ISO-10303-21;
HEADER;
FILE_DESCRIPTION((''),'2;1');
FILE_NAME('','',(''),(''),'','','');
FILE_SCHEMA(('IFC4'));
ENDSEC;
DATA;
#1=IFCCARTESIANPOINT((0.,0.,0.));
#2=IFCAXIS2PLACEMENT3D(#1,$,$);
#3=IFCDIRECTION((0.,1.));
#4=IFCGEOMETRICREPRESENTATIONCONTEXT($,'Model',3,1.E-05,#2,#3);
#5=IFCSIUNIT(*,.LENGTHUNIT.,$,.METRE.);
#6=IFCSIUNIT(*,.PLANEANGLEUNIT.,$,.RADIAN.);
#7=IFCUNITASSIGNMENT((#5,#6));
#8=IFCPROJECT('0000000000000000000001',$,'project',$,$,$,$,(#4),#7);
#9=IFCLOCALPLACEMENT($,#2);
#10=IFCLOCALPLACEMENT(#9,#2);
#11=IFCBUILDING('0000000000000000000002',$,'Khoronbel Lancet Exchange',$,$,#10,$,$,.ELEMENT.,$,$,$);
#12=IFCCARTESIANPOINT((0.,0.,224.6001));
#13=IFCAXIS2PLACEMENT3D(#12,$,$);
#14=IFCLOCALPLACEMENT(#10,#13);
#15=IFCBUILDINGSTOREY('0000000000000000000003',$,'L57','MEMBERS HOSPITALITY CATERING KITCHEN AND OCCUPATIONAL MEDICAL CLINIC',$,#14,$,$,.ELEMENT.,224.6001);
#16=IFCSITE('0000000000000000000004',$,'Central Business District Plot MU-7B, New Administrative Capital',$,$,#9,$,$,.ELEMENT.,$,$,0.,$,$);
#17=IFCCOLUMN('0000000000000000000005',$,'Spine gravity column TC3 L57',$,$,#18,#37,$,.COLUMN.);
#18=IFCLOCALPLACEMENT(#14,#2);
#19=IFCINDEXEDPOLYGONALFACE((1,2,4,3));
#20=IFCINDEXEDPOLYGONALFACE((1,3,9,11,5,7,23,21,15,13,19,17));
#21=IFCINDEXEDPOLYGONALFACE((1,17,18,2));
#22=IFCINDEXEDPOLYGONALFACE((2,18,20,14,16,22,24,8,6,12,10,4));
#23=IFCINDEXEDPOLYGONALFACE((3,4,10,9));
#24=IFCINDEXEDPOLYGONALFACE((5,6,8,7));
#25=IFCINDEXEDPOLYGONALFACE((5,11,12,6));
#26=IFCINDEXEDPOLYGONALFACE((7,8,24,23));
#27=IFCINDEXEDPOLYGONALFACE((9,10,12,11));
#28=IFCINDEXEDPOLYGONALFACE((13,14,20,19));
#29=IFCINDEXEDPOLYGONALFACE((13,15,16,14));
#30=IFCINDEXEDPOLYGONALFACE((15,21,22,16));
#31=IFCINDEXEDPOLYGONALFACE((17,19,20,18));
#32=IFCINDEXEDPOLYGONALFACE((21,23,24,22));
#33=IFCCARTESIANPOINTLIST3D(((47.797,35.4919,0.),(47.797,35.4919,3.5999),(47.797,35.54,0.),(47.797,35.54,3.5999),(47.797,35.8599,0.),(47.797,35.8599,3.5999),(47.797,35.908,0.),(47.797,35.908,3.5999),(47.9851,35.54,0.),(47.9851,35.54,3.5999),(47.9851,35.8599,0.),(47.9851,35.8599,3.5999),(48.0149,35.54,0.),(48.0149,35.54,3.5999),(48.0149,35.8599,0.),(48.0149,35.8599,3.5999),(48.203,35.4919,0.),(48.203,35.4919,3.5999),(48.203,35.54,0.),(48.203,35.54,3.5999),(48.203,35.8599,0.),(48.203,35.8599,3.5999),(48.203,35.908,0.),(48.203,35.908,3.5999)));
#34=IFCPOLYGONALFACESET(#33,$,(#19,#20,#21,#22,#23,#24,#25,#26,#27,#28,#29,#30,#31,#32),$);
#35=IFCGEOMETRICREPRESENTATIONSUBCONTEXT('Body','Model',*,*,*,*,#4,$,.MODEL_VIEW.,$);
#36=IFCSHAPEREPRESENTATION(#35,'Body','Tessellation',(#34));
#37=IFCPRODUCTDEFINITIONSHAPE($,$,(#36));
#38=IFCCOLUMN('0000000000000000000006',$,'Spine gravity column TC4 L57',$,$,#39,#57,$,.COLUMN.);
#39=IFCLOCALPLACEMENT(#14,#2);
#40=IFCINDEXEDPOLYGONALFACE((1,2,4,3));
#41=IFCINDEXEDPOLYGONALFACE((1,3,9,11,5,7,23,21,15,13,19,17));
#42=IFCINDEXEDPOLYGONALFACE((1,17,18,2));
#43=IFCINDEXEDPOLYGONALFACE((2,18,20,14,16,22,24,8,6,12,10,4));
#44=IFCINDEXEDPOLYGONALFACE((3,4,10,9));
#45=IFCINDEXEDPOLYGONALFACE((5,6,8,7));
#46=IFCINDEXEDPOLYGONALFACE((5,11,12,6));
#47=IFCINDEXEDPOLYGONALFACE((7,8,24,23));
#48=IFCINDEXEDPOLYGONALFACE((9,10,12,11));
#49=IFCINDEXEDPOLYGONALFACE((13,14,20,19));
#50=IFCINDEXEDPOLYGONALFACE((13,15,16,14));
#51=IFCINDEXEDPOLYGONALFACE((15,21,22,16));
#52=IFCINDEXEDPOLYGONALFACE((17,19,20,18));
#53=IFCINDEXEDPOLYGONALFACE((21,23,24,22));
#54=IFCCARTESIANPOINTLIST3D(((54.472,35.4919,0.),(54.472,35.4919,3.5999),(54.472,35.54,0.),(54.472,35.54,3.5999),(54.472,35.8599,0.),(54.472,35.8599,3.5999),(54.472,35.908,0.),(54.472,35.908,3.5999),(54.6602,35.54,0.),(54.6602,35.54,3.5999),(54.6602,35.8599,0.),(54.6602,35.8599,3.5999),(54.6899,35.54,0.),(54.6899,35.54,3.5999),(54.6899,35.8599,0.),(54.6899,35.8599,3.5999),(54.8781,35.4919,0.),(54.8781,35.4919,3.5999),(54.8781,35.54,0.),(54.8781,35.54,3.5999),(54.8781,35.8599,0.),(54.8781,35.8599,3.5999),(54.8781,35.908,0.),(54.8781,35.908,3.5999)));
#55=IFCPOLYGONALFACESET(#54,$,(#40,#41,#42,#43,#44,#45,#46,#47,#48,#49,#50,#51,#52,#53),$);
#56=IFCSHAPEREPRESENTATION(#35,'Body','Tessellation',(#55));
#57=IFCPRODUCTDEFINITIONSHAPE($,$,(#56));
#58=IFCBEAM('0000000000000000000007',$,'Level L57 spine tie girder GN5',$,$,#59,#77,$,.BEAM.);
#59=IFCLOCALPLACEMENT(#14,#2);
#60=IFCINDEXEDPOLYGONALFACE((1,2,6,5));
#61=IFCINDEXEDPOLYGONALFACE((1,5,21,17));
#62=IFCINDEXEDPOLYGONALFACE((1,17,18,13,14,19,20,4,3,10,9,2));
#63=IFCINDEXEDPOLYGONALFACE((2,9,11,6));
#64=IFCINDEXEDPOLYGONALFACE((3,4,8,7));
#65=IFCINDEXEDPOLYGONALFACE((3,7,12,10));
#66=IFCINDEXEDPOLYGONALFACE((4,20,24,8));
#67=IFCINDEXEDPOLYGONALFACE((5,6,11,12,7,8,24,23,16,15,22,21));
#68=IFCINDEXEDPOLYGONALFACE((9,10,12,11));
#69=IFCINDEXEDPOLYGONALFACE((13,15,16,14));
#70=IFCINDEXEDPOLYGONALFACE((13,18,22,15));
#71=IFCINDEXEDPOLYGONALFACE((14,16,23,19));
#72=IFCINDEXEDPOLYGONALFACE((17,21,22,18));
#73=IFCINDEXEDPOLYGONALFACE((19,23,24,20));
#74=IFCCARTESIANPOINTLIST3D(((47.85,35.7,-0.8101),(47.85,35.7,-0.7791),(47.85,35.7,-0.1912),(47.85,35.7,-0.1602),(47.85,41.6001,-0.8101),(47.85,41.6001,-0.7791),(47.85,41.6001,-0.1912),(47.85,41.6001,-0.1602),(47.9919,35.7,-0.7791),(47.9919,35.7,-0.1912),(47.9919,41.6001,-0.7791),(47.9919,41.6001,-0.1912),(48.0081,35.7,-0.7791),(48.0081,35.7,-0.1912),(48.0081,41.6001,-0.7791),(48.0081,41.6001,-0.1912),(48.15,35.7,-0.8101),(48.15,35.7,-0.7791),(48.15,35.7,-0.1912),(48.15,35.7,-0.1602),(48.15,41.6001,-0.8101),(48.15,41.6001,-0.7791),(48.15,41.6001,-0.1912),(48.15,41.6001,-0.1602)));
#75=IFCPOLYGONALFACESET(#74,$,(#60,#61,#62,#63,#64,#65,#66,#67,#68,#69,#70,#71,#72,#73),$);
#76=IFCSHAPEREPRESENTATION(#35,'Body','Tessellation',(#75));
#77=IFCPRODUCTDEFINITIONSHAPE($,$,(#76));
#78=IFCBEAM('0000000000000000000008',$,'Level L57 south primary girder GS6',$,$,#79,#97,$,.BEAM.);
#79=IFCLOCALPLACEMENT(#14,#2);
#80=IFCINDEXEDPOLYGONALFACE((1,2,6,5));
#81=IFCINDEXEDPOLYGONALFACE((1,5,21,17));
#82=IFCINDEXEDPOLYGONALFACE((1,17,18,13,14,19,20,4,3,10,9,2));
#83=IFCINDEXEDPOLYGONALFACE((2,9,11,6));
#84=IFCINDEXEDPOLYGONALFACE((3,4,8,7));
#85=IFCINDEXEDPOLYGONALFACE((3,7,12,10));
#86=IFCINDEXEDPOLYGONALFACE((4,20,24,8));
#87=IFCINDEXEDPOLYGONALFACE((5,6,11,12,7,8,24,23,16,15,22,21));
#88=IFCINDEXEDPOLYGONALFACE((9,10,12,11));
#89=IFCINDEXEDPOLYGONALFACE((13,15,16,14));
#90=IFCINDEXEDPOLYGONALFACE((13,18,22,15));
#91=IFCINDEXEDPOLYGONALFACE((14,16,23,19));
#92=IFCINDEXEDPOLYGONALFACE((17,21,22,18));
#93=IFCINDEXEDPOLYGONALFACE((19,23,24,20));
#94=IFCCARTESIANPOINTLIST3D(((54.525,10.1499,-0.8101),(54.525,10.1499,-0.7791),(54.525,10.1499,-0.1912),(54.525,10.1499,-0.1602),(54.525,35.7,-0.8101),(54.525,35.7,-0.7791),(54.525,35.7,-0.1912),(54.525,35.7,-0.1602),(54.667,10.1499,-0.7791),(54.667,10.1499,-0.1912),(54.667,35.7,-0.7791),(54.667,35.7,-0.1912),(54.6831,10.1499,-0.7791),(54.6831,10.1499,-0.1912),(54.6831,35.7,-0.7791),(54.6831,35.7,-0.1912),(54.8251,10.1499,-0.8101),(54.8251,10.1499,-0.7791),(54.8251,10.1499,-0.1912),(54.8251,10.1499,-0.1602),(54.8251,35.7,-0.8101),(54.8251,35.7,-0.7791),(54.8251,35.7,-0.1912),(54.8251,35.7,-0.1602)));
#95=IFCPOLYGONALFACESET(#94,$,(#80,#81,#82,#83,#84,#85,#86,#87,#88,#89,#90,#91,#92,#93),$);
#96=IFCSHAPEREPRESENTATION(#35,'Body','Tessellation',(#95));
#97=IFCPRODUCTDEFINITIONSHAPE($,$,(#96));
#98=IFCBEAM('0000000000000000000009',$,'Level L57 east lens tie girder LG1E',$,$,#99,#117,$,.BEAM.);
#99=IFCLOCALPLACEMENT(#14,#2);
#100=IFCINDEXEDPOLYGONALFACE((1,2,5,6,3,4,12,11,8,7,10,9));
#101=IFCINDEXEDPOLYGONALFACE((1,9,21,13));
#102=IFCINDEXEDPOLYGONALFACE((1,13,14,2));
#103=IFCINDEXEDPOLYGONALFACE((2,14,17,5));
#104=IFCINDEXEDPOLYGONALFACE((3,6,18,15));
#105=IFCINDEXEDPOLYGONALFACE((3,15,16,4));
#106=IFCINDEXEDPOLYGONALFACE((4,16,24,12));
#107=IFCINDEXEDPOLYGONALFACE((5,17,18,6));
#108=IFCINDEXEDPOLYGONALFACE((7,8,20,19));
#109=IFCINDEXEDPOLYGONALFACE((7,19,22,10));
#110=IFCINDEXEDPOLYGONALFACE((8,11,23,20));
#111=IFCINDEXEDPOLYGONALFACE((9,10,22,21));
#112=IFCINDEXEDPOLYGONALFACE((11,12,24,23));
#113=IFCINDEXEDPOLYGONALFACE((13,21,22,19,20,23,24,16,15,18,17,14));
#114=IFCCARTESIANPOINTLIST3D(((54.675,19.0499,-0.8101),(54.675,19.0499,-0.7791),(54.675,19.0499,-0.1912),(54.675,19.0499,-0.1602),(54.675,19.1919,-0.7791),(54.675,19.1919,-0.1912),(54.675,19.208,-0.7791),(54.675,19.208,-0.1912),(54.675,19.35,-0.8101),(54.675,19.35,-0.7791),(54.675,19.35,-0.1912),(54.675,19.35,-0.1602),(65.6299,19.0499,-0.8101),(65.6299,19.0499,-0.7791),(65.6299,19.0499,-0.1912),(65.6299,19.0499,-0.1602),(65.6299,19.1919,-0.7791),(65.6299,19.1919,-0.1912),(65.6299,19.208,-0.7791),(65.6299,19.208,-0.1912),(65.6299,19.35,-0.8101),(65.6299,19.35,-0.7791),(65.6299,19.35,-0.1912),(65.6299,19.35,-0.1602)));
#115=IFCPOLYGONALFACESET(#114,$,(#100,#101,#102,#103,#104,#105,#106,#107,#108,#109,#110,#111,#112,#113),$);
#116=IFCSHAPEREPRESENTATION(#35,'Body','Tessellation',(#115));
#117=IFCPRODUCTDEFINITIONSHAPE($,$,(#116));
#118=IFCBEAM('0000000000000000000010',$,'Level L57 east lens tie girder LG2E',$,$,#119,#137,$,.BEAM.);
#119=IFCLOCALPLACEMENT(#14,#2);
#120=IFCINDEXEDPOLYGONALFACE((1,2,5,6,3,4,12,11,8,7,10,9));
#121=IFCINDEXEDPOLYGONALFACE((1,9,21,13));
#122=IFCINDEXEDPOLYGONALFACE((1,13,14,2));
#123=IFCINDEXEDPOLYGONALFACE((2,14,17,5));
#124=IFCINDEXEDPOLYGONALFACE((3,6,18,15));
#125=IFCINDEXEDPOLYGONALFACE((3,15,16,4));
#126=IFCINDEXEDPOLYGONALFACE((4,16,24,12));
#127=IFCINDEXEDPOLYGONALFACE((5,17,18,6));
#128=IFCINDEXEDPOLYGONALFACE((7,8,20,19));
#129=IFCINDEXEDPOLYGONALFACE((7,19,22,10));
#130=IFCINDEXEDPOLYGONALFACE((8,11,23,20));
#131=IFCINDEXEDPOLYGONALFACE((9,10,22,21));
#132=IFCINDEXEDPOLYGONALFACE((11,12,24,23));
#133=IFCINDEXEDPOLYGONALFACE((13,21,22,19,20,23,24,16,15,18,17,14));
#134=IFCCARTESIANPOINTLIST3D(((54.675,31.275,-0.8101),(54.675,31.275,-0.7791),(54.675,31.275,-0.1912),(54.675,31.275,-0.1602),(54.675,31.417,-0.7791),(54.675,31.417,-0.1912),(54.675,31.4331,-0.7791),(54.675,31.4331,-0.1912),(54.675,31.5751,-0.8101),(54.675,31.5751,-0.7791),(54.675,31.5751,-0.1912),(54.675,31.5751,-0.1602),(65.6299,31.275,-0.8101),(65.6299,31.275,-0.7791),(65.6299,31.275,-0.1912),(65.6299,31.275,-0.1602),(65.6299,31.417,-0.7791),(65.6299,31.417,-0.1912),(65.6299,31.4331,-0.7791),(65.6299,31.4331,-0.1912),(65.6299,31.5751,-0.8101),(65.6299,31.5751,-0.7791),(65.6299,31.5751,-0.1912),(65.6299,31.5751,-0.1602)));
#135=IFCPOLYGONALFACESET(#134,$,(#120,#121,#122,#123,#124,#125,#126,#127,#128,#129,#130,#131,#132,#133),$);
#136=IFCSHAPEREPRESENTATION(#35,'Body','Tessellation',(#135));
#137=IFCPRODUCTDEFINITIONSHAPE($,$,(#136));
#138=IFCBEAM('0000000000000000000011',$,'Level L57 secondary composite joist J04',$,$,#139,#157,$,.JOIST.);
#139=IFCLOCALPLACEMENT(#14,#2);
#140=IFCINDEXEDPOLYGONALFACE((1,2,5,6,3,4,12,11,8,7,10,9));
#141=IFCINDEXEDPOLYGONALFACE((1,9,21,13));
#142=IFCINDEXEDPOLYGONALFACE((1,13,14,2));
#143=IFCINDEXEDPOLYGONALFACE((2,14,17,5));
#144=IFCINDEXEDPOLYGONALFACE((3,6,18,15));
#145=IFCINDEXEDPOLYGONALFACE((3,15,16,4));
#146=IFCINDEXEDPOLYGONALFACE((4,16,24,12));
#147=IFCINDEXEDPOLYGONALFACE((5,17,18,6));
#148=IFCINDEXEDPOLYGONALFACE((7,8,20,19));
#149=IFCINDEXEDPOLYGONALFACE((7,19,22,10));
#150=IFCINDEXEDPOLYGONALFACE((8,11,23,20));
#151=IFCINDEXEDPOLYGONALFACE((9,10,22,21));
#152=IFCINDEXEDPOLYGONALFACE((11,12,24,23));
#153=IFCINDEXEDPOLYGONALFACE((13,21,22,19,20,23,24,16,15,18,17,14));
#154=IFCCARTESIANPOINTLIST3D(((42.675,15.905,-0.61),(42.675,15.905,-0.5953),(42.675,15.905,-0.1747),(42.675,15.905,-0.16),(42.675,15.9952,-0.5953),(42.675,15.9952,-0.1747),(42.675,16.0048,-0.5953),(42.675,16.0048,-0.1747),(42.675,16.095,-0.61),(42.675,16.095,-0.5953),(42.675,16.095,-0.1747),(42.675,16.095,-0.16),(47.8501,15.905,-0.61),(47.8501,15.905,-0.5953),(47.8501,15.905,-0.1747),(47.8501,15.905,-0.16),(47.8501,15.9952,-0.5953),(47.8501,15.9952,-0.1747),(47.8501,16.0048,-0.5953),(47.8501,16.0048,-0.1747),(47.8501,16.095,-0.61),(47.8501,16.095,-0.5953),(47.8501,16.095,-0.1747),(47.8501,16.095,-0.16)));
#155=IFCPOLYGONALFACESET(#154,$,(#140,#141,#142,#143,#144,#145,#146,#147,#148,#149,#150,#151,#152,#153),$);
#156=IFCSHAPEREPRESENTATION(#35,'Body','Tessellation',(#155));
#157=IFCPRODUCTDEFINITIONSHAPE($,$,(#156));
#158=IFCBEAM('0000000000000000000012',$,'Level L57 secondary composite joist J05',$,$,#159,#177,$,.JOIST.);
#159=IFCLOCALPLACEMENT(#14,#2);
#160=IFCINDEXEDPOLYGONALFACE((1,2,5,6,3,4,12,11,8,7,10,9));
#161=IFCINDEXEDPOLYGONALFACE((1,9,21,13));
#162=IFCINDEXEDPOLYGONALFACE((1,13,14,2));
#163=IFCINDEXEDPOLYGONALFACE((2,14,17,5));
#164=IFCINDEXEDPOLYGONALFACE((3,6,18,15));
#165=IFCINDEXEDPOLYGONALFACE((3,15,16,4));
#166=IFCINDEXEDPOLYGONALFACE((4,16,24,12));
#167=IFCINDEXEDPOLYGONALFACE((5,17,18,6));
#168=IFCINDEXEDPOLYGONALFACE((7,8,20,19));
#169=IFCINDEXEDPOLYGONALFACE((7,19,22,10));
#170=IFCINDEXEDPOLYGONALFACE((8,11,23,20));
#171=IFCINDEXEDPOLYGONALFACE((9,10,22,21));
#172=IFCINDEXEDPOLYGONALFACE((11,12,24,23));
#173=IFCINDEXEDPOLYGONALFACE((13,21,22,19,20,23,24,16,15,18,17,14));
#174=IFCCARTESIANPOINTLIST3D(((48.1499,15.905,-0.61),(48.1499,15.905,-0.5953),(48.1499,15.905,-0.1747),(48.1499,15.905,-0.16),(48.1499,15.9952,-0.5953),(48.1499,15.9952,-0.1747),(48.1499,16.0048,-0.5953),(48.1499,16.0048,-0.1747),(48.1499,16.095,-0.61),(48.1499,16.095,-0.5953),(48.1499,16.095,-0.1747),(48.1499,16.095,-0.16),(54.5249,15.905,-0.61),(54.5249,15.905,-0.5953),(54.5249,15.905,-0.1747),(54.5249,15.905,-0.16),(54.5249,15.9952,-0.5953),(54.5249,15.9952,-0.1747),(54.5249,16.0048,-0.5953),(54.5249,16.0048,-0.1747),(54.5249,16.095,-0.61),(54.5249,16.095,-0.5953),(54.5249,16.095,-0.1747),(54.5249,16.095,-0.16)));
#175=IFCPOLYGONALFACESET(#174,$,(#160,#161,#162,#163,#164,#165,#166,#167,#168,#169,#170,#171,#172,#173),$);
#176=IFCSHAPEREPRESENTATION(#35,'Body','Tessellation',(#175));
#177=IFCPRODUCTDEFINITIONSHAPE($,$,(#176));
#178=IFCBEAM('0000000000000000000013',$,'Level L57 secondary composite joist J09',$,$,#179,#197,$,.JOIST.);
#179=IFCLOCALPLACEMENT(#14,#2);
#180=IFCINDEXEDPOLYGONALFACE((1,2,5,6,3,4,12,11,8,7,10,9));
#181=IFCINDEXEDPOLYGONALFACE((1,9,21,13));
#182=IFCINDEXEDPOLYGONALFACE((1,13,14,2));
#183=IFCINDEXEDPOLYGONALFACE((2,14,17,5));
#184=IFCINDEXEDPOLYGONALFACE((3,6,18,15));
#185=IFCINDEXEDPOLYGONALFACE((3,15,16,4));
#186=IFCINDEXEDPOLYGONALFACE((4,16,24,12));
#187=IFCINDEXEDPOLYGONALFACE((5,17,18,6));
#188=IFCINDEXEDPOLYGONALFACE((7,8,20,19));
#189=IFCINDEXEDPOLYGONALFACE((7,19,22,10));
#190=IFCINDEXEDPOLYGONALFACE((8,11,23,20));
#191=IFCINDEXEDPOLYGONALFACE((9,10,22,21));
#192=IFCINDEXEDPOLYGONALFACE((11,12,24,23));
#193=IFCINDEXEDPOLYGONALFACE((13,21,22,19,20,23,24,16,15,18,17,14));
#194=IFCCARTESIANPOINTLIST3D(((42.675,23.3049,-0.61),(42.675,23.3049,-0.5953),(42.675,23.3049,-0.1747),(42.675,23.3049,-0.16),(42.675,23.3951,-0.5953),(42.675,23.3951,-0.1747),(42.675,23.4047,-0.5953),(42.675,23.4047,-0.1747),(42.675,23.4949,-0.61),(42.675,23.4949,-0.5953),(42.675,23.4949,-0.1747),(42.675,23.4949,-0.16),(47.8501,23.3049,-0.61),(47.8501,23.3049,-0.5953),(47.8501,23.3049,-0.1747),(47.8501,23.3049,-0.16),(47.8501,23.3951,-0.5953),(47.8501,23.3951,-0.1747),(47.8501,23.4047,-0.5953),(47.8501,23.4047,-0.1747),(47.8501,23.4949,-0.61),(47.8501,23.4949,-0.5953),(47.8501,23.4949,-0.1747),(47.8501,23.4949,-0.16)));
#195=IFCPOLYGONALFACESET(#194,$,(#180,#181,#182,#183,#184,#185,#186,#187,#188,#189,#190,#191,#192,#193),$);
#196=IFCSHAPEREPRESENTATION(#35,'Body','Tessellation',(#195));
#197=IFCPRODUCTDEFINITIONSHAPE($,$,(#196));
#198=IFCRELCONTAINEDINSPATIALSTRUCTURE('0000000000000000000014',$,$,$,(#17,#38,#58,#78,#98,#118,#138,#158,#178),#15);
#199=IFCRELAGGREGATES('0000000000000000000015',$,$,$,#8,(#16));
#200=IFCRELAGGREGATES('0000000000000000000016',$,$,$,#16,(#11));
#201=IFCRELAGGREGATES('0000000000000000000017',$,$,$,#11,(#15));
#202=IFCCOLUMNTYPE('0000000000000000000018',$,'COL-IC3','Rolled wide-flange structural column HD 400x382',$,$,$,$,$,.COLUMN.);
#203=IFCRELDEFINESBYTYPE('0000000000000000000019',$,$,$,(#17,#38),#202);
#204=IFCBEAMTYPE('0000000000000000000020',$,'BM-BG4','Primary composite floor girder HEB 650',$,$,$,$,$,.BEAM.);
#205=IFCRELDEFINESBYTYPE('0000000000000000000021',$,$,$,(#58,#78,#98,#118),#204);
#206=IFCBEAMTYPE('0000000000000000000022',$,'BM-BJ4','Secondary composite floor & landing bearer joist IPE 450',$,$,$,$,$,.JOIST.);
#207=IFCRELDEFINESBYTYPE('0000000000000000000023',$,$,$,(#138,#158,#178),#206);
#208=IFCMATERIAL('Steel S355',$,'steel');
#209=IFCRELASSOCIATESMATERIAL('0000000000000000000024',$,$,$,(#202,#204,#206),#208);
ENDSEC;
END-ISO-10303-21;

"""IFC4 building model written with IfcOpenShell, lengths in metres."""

from ifc_helpers import new_model, si_unit, direction, frame, origin, origin_2d, place, context, subcontext, project, spatial, i_section, extrude, material, material_profile, profile_set, type_object, element, save


model = new_model("IFC4")

# Units and contexts
model_context = context("Model", 3, precision=1e-05, world=origin(), true_north=direction((0.0, 1.0)))
body_context = subcontext(model_context, "Body", "Model", "MODEL_VIEW")
ifc_project = project(units=[si_unit("LENGTHUNIT", "METRE"), si_unit("PLANEANGLEUNIT", "RADIAN")], contexts=[model_context])

# Site, building, storey
site_placement = place(None, origin())
site = spatial("IfcSite", under=ifc_project, at=site_placement, Name="Central Business District Plot MU-7B, New Administrative Capital", CompositionType="ELEMENT", RefElevation=0.0)
building_placement = place(site_placement, origin())
building = spatial("IfcBuilding", under=site, at=building_placement, Name="Khoronbel Lancet Exchange", CompositionType="ELEMENT")
storey_placement = place(building_placement, frame((0.0, 0.0, 224.6001)))
storey = spatial("IfcBuildingStorey", under=building, at=storey_placement, Name="L57", Description="MEMBERS HOSPITALITY CATERING KITCHEN AND OCCUPATIONAL MEDICAL CLINIC", CompositionType="ELEMENT", Elevation=224.6001)

# Columns
ifc_material_1 = material(Name="Steel S355", Category="steel")
ifc_material_profile_1 = material_profile(ifc_material_1, i_section(OverallWidth=0.406, OverallDepth=0.416, WebThickness=0.0298, FlangeThickness=0.0481, at=origin_2d()), Name="HD 400x382")
ifc_profile_set_1 = profile_set([ifc_material_profile_1], Name="Steel S355")
column_type = type_object("IfcColumnType", Name="COL-IC3", Description="Rolled wide-flange structural column HD 400x382", PredefinedType="COLUMN", material=ifc_profile_set_1)
for number, where, z_axis, x_axis, name in (
    (1, (48.0, 35.7, 0.0), (0.0, 0.0, 1.0), (1.0, 0.0, 0.0), "Spine gravity column TC3 L57"),
    (2, (54.675, 35.7, 0.0), (0.0, 0.0, 1.0), (1.0, 0.0, 0.0), "Spine gravity column TC4 L57"),
):
    element("IfcColumn", number, at=place(storey_placement, frame(where, z_axis=z_axis, x_axis=x_axis)), inside=storey, type_object=column_type, Name=name, PredefinedType="COLUMN", context=body_context, shape_type="SweptSolid", body=[
        extrude(i_section(OverallWidth=0.406, OverallDepth=0.416, WebThickness=0.0298, FlangeThickness=0.0481, at=origin_2d()), origin(), (0.0, 0.0, 1.0), 3.5999),
    ])

# Beams
ifc_material_profile_2 = material_profile(ifc_material_1, i_section(OverallWidth=0.3, OverallDepth=0.6499, WebThickness=0.0161, FlangeThickness=0.031, at=origin_2d()), Name="HEB 650")
ifc_profile_set_2 = profile_set([ifc_material_profile_2], Name="Steel S355")
beam_type_1 = type_object("IfcBeamType", Name="BM-BG4", Description="Primary composite floor girder HEB 650", PredefinedType="BEAM", material=ifc_profile_set_2)
beam_1_placement = place(storey_placement, frame((48.0, 35.7, -0.4851), z_axis=(0.0, 1.0, 0.0), x_axis=(-1.0, 0.0, 0.0)))
element("IfcBeam", 3, at=beam_1_placement, inside=storey, type_object=beam_type_1, Name="Level L57 spine tie girder GN5", PredefinedType="BEAM", context=body_context, shape_type="SweptSolid", body=[
    extrude(i_section(OverallWidth=0.3, OverallDepth=0.6499, WebThickness=0.0161, FlangeThickness=0.031, at=origin_2d()), origin(), (0.0, 0.0, 1.0), 5.9001),
])
beam_2_placement = place(storey_placement, frame((54.675, 10.1499, -0.4851), z_axis=(0.0, 1.0, 0.0), x_axis=(-1.0, 0.0, 0.0)))
element("IfcBeam", 4, at=beam_2_placement, inside=storey, type_object=beam_type_1, Name="Level L57 south primary girder GS6", PredefinedType="BEAM", context=body_context, shape_type="SweptSolid", body=[
    extrude(i_section(OverallWidth=0.3, OverallDepth=0.6499, WebThickness=0.0161, FlangeThickness=0.031, at=origin_2d()), origin(), (0.0, 0.0, 1.0), 25.55),
])
for number, where, z_axis, x_axis, name in (
    (5, (54.675, 19.2, -0.4851), (1.0, 0.0, 0.0), (0.0, 1.0, 0.0), "Level L57 east lens tie girder LG1E"),
    (6, (54.675, 31.425, -0.4851), (1.0, 0.0, 0.0), (0.0, 1.0, 0.0), "Level L57 east lens tie girder LG2E"),
):
    element("IfcBeam", number, at=place(storey_placement, frame(where, z_axis=z_axis, x_axis=x_axis)), inside=storey, type_object=beam_type_1, Name=name, PredefinedType="BEAM", context=body_context, shape_type="SweptSolid", body=[
        extrude(i_section(OverallWidth=0.3, OverallDepth=0.6499, WebThickness=0.0161, FlangeThickness=0.031, at=origin_2d()), origin(), (0.0, 0.0, 1.0), 10.9548),
    ])
ifc_material_profile_3 = material_profile(ifc_material_1, i_section(OverallWidth=0.1899, OverallDepth=0.45, WebThickness=0.0095, FlangeThickness=0.0146, at=origin_2d()), Name="IPE 450")
ifc_profile_set_3 = profile_set([ifc_material_profile_3], Name="Steel S355")
beam_type_2 = type_object("IfcBeamType", Name="BM-BJ4", Description="Secondary composite floor & landing bearer joist IPE 450", PredefinedType="JOIST", material=ifc_profile_set_3)
beam_3_placement = place(storey_placement, frame((42.675, 16.0, -0.385), z_axis=(1.0, 0.0, 0.0), x_axis=(0.0, 1.0, 0.0)))
element("IfcBeam", 7, at=beam_3_placement, inside=storey, type_object=beam_type_2, Name="Level L57 secondary composite joist J04", PredefinedType="JOIST", context=body_context, shape_type="SweptSolid", body=[
    extrude(i_section(OverallWidth=0.1899, OverallDepth=0.45, WebThickness=0.0095, FlangeThickness=0.0146, at=origin_2d()), origin(), (0.0, 0.0, 1.0), 5.175),
])
beam_4_placement = place(storey_placement, frame((48.1499, 16.0, -0.385), z_axis=(1.0, 0.0, 0.0), x_axis=(0.0, 1.0, 0.0)))
element("IfcBeam", 8, at=beam_4_placement, inside=storey, type_object=beam_type_2, Name="Level L57 secondary composite joist J05", PredefinedType="JOIST", context=body_context, shape_type="SweptSolid", body=[
    extrude(i_section(OverallWidth=0.1899, OverallDepth=0.45, WebThickness=0.0095, FlangeThickness=0.0146, at=origin_2d()), origin(), (0.0, 0.0, 1.0), 6.375),
])
beam_5_placement = place(storey_placement, frame((42.675, 23.3999, -0.385), z_axis=(1.0, 0.0, 0.0), x_axis=(0.0, 1.0, 0.0)))
element("IfcBeam", 9, at=beam_5_placement, inside=storey, type_object=beam_type_2, Name="Level L57 secondary composite joist J09", PredefinedType="JOIST", context=body_context, shape_type="SweptSolid", body=[
    extrude(i_section(OverallWidth=0.1899, OverallDepth=0.45, WebThickness=0.0095, FlangeThickness=0.0146, at=origin_2d()), origin(), (0.0, 0.0, 1.0), 5.175),
])

save(model, "model.ifc")
